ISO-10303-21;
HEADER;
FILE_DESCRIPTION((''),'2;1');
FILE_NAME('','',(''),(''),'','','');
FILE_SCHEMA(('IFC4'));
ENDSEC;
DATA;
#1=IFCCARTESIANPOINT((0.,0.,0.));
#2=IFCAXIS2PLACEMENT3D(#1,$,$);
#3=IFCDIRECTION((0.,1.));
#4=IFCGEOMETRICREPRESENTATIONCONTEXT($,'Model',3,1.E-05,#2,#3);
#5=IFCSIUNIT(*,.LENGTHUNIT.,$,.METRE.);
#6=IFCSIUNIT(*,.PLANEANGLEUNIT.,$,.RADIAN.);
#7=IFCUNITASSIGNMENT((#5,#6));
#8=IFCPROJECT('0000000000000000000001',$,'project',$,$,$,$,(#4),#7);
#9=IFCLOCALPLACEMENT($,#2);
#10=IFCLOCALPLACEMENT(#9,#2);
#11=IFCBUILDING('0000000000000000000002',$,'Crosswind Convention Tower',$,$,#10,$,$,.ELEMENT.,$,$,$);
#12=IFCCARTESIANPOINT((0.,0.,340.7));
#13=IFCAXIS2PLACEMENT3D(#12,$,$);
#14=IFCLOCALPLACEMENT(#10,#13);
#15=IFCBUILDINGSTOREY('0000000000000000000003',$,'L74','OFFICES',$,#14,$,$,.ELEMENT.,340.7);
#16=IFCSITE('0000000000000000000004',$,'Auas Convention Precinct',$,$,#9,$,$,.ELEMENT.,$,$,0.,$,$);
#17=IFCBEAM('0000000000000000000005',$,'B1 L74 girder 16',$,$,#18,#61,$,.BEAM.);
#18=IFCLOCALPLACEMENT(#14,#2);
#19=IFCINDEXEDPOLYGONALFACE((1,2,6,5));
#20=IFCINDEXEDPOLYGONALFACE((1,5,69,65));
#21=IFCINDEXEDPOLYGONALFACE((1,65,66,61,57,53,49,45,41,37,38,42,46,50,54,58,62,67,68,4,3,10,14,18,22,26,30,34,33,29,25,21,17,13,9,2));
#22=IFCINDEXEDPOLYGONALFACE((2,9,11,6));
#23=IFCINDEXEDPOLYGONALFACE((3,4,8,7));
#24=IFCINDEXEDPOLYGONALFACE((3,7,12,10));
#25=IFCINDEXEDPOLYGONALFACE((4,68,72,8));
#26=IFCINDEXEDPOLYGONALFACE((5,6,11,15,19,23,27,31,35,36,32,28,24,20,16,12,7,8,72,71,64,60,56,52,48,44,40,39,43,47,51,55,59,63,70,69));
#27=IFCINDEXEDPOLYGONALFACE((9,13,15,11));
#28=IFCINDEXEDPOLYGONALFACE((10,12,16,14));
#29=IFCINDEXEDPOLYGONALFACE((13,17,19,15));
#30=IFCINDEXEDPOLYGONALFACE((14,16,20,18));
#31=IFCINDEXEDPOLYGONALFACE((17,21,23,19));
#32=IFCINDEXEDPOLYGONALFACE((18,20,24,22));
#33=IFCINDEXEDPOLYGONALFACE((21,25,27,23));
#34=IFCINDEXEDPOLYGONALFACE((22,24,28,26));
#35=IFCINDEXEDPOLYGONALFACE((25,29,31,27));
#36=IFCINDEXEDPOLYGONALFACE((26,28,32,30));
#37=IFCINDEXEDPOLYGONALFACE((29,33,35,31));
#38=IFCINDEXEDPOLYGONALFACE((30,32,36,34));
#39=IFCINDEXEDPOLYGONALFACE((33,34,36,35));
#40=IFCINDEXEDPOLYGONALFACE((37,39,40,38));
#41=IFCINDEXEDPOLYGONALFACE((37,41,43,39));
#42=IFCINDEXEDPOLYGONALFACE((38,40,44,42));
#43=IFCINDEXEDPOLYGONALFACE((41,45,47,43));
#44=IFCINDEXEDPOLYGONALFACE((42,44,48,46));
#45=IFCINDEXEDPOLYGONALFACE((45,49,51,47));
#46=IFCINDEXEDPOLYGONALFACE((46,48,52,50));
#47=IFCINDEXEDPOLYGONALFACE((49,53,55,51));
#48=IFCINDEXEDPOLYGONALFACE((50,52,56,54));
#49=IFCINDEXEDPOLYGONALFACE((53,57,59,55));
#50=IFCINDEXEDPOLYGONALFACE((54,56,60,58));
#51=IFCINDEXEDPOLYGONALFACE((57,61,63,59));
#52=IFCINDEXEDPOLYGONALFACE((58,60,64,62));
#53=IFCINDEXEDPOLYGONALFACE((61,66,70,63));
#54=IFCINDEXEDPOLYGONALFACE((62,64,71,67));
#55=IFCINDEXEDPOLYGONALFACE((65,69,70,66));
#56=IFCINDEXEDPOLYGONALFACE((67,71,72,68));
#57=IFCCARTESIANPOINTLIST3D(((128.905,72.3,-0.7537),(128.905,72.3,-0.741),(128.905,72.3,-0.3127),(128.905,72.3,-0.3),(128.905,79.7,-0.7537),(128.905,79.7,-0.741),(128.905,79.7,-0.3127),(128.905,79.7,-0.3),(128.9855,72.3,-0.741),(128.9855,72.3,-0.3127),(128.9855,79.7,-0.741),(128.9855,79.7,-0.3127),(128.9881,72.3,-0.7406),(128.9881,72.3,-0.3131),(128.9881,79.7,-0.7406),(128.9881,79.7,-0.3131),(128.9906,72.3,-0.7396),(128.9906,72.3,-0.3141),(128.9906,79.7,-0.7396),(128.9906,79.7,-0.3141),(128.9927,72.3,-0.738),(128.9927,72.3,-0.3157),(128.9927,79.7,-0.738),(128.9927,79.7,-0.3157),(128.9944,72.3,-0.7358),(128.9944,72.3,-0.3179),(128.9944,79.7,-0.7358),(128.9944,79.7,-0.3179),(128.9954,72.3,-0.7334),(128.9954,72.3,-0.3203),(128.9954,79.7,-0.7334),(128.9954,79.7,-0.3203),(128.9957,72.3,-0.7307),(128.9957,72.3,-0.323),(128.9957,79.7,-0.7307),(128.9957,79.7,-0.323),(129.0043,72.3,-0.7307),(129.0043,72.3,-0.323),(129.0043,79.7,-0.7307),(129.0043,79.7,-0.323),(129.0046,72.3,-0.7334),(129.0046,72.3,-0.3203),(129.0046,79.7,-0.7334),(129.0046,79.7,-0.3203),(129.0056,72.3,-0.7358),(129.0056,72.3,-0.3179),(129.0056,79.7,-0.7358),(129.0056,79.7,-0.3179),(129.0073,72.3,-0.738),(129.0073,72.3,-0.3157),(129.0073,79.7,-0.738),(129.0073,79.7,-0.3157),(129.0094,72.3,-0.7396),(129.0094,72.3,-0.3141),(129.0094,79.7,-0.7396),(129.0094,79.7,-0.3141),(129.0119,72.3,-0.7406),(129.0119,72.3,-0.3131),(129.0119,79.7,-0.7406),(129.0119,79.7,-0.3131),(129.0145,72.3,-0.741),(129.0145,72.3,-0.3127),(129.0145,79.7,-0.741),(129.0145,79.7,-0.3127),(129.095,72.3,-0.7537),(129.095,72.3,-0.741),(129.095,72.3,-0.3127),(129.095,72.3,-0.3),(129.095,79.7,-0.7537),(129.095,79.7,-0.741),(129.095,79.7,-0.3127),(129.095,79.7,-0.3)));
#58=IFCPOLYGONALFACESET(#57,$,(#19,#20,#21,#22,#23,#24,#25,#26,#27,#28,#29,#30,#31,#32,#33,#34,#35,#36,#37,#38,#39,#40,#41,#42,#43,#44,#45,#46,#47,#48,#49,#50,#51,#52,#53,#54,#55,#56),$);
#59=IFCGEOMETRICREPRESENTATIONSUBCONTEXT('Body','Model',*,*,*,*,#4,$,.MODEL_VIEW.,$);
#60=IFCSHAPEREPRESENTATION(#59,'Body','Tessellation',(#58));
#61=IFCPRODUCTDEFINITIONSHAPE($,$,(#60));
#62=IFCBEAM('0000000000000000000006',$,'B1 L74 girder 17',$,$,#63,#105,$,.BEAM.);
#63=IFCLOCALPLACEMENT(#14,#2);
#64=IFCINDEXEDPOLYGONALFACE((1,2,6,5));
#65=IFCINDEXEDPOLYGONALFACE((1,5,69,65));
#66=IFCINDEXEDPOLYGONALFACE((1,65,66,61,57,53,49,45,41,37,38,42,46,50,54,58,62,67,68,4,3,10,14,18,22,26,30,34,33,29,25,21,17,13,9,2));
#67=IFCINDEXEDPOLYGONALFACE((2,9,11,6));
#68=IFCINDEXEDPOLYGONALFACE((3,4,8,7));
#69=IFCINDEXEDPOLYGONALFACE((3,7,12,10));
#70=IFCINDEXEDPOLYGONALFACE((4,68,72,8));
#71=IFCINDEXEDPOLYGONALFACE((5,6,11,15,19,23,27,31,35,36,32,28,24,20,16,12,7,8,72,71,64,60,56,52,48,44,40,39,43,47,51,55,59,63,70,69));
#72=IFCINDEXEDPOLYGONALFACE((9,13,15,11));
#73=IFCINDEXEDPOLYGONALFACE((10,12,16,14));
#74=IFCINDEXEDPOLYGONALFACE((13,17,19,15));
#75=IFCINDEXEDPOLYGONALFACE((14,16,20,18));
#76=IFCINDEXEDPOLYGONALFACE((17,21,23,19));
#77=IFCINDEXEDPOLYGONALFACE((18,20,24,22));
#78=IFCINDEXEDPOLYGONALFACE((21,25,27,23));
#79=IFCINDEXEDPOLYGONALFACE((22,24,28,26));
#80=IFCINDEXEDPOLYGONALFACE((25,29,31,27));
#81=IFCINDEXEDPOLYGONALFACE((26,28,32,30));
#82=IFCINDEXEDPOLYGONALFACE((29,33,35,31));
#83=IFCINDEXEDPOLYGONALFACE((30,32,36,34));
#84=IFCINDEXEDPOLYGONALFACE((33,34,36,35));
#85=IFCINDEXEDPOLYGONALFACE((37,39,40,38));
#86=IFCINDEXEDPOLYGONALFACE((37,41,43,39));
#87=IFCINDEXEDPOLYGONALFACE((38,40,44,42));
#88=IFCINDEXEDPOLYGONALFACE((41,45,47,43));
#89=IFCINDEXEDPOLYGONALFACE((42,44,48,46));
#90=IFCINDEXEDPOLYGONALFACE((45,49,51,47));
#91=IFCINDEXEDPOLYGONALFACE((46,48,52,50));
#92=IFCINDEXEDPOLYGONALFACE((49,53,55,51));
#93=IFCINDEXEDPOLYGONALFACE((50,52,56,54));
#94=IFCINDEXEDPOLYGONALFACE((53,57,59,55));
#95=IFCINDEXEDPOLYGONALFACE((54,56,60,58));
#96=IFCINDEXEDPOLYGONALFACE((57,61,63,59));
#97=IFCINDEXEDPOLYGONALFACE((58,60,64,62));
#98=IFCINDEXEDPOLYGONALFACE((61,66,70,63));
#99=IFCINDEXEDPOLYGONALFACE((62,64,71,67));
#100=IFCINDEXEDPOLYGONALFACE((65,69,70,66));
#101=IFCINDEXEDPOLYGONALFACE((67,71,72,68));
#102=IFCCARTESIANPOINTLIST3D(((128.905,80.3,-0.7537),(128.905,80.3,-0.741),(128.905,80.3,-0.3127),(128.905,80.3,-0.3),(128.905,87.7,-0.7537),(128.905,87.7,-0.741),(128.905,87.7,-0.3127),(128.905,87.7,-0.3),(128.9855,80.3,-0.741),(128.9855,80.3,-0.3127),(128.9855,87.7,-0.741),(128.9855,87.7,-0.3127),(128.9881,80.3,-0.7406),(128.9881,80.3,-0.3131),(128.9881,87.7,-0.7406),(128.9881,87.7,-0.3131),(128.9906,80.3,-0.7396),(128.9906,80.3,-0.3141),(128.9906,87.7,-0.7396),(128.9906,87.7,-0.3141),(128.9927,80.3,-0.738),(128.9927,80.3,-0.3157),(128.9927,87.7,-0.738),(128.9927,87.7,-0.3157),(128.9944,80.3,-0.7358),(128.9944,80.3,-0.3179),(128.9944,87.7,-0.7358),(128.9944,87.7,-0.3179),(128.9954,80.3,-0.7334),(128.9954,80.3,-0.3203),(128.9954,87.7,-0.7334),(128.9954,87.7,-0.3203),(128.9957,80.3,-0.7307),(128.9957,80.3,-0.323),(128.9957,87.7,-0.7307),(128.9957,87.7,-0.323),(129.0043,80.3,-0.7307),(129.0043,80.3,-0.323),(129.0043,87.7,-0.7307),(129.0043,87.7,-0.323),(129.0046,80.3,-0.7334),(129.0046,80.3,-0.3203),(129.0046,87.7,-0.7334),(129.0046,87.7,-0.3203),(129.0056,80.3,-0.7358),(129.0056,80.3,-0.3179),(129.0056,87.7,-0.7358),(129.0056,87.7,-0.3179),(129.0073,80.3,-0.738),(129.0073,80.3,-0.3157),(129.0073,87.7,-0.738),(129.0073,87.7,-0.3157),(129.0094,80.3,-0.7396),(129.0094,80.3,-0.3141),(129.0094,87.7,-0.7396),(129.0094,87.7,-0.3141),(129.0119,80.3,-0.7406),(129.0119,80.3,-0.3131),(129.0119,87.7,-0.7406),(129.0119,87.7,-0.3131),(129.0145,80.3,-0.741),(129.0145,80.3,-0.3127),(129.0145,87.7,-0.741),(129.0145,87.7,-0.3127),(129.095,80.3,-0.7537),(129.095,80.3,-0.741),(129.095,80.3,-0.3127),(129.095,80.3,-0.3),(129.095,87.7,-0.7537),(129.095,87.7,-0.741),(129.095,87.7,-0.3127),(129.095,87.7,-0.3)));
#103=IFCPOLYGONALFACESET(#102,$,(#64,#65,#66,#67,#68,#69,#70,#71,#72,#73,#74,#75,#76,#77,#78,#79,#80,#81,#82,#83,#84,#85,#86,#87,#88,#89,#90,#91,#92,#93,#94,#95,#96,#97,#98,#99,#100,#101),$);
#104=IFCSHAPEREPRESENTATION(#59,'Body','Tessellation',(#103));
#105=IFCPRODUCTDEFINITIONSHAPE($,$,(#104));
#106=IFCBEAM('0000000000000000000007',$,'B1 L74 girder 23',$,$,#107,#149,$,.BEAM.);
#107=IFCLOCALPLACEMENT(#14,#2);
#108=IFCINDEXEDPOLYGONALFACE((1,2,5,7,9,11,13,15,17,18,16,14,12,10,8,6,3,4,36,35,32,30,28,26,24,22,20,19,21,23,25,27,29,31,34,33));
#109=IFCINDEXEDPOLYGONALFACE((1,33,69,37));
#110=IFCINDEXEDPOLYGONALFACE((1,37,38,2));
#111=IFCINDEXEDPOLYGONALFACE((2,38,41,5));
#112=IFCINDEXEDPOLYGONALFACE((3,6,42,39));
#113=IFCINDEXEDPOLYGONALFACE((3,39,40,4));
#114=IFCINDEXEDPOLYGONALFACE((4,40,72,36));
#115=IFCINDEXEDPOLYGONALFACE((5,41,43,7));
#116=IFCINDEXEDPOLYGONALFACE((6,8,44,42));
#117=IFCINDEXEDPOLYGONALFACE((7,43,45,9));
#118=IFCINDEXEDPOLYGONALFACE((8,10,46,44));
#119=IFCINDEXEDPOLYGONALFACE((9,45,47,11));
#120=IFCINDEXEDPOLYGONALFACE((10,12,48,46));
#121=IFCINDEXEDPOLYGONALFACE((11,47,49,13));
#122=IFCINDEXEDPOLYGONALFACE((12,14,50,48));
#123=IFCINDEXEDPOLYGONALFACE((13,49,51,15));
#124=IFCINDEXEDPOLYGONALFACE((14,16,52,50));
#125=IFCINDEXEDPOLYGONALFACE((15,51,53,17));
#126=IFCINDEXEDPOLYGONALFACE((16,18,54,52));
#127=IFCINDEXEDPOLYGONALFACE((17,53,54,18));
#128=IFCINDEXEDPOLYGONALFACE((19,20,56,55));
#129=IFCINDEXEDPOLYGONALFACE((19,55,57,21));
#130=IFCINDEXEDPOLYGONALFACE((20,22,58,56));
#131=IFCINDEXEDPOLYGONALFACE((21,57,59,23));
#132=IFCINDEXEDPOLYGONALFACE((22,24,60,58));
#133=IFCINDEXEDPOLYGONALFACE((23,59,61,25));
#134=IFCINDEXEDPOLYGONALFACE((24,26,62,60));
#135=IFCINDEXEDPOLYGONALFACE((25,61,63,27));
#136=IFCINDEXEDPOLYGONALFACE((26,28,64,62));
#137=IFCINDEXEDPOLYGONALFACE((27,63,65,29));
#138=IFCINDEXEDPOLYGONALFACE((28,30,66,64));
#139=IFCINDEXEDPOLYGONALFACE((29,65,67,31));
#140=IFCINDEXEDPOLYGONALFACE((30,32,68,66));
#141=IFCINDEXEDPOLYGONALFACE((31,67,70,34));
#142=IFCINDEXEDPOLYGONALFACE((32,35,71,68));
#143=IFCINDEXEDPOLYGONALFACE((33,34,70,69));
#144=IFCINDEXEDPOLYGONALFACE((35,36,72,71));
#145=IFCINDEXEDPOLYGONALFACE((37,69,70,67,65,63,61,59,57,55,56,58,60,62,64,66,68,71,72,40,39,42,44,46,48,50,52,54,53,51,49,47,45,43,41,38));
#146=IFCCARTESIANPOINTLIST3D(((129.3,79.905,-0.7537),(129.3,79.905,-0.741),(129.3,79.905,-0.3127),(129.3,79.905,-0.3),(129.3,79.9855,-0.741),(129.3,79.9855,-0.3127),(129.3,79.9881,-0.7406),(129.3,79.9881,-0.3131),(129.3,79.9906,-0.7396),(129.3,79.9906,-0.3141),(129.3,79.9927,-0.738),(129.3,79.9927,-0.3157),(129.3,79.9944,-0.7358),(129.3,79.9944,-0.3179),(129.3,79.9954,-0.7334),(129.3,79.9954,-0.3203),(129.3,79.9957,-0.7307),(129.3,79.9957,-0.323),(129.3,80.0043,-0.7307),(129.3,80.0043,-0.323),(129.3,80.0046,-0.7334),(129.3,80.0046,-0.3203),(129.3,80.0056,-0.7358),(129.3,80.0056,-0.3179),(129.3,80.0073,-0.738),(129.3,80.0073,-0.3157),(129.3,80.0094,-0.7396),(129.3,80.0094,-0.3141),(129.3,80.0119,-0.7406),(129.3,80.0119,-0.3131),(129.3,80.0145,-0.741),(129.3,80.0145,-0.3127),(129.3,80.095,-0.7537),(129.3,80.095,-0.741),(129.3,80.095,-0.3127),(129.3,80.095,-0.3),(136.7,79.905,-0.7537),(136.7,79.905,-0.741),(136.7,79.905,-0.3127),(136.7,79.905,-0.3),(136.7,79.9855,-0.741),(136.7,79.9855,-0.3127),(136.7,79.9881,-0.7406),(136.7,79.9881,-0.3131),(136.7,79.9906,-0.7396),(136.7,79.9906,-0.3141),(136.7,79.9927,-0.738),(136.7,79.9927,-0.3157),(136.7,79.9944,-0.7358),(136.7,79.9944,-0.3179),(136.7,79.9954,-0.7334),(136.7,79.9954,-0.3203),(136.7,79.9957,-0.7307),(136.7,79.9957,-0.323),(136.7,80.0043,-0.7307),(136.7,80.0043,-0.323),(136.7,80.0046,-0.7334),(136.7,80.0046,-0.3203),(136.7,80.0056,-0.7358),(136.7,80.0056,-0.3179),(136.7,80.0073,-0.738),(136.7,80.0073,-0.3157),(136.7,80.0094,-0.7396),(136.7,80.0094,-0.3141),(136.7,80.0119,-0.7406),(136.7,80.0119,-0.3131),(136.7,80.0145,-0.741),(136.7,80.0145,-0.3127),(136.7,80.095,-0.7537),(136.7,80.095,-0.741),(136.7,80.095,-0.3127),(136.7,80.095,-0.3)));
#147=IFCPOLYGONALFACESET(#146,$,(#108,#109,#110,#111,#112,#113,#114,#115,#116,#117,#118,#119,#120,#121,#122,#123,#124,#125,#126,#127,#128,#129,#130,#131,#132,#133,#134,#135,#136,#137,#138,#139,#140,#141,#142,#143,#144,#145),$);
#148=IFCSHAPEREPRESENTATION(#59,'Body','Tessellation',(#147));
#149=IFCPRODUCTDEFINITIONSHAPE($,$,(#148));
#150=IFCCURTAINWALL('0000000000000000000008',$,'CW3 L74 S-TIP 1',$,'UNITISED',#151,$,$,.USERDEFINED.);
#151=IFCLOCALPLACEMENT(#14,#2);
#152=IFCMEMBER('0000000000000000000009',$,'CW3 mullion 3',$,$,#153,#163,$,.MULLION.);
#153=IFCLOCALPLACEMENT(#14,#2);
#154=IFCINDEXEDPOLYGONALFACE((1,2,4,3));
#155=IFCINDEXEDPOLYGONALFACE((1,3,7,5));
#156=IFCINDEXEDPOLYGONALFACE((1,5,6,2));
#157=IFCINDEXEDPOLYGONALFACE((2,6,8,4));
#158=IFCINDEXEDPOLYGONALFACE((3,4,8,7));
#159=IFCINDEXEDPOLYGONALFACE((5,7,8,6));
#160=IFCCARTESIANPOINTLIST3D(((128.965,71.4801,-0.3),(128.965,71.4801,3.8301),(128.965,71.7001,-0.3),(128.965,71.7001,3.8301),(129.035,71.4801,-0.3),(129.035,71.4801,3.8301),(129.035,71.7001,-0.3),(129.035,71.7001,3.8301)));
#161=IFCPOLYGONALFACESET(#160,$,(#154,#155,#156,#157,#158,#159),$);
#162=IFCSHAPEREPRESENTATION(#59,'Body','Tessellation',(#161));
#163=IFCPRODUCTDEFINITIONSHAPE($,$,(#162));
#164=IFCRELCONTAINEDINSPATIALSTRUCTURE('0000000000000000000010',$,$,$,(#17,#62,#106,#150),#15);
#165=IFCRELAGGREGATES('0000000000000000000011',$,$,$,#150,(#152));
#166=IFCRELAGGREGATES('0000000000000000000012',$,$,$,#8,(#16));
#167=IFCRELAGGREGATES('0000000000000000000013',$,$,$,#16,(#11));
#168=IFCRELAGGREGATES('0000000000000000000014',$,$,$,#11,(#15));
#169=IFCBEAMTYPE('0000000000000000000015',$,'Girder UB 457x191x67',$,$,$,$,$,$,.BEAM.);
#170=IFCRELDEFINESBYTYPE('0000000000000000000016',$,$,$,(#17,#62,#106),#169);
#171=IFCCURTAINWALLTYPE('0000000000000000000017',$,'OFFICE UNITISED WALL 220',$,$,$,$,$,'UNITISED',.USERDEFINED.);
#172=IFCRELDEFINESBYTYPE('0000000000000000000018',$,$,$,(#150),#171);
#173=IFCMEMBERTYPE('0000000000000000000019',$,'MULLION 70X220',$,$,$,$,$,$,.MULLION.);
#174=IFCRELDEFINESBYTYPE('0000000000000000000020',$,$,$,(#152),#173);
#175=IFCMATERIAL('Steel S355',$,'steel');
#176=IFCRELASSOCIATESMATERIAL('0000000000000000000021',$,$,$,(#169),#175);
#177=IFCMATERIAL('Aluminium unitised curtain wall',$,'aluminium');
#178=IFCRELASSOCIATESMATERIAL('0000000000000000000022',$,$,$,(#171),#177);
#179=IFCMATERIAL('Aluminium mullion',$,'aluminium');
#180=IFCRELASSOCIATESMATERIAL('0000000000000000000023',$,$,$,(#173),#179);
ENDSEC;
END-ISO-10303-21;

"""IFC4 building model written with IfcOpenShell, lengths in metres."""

from ifc_helpers import new_model, si_unit, direction, frame, origin, origin_2d, place, context, subcontext, project, spatial, rectangle, i_section, extrude, material, material_profile, profile_set, type_object, element, aggregate, save


model = new_model("IFC4")

# Units and contexts
model_context = context("Model", 3, precision=1e-05, world=origin(), true_north=direction((0.0, 1.0)))
body_context = subcontext(model_context, "Body", "Model", "MODEL_VIEW")
ifc_project = project(units=[si_unit("LENGTHUNIT", "METRE"), si_unit("PLANEANGLEUNIT", "RADIAN")], contexts=[model_context])

# Site, building, storey
site_placement = place(None, origin())
site = spatial("IfcSite", under=ifc_project, at=site_placement, Name="Auas Convention Precinct", CompositionType="ELEMENT", RefElevation=0.0)
building_placement = place(site_placement, origin())
building = spatial("IfcBuilding", under=site, at=building_placement, Name="Crosswind Convention Tower", CompositionType="ELEMENT")
storey_placement = place(building_placement, frame((0.0, 0.0, 340.7)))
storey = spatial("IfcBuildingStorey", under=building, at=storey_placement, Name="L74", Description="OFFICES", CompositionType="ELEMENT", Elevation=340.7)

# Beams
ifc_material_1 = material(Name="Steel S355", Category="steel")
ifc_material_profile_1 = material_profile(ifc_material_1, i_section(OverallWidth=0.1899, OverallDepth=0.4536, WebThickness=0.0085, FlangeThickness=0.0127, FilletRadius=0.0103, at=origin_2d()), Name="UB 457x191x67")
ifc_profile_set_1 = profile_set([ifc_material_profile_1], Name="Steel S355")
beam_type_1 = type_object("IfcBeamType", Name="Girder UB 457x191x67", PredefinedType="BEAM", material=ifc_profile_set_1)
for number, where, z_axis, x_axis, name in (
    (1, (129.0, 72.3, -0.5269), (0.0, 1.0, 0.0), (-1.0, 0.0, 0.0), "B1 L74 girder 16"),
    (2, (129.0, 80.3, -0.5269), (0.0, 1.0, 0.0), (-1.0, 0.0, 0.0), "B1 L74 girder 17"),
    (3, (129.3, 80.0, -0.5269), (1.0, 0.0, 0.0), (0.0, 1.0, 0.0), "B1 L74 girder 23"),
):
    element("IfcBeam", number, at=place(storey_placement, frame(where, z_axis=z_axis, x_axis=x_axis)), inside=storey, type_object=beam_type_1, Name=name, PredefinedType="BEAM", context=body_context, shape_type="SweptSolid", body=[
        extrude(i_section(OverallWidth=0.1899, OverallDepth=0.4536, WebThickness=0.0085, FlangeThickness=0.0127, FilletRadius=0.0103, at=origin_2d()), origin(), (0.0, 0.0, 1.0), 7.3999),
    ])

# Curtain wall, member
ifc_material_2 = material(Name="Aluminium unitised curtain wall", Category="aluminium")
curtain_wall_type = type_object("IfcCurtainWallType", Name="OFFICE UNITISED WALL 220", ElementType="UNITISED", PredefinedType="USERDEFINED", material=ifc_material_2)
curtain_wall_placement = place(storey_placement, origin())
curtain_wall = element("IfcCurtainWall", 4, at=curtain_wall_placement, inside=storey, type_object=curtain_wall_type, Name="CW3 L74 S-TIP 1", ObjectType="UNITISED", PredefinedType="USERDEFINED")
ifc_material_3 = material(Name="Aluminium mullion", Category="aluminium")
ifc_material_profile_2 = material_profile(ifc_material_3, rectangle(XDim=0.22, YDim=0.0701, at=origin_2d()), Name="AL 220X70")
ifc_profile_set_2 = profile_set([ifc_material_profile_2], Name="Aluminium mullion")
member_type = type_object("IfcMemberType", Name="MULLION 70X220", PredefinedType="MULLION", material=ifc_profile_set_2)
member_placement = place(storey_placement, frame((129.0, 71.5901, -0.3), z_axis=(0.0, 0.0, 1.0), x_axis=(0.0, -1.0, 0.0)))
member = element("IfcMember", 5, at=member_placement, type_object=member_type, Name="CW3 mullion 3", PredefinedType="MULLION", context=body_context, shape_type="SweptSolid", body=[
    extrude(rectangle(XDim=0.22, YDim=0.0701, at=origin_2d()), origin(), (0.0, 0.0, 1.0), 4.1301),
])

aggregate(curtain_wall, [member])

save(model, "model.ifc")
